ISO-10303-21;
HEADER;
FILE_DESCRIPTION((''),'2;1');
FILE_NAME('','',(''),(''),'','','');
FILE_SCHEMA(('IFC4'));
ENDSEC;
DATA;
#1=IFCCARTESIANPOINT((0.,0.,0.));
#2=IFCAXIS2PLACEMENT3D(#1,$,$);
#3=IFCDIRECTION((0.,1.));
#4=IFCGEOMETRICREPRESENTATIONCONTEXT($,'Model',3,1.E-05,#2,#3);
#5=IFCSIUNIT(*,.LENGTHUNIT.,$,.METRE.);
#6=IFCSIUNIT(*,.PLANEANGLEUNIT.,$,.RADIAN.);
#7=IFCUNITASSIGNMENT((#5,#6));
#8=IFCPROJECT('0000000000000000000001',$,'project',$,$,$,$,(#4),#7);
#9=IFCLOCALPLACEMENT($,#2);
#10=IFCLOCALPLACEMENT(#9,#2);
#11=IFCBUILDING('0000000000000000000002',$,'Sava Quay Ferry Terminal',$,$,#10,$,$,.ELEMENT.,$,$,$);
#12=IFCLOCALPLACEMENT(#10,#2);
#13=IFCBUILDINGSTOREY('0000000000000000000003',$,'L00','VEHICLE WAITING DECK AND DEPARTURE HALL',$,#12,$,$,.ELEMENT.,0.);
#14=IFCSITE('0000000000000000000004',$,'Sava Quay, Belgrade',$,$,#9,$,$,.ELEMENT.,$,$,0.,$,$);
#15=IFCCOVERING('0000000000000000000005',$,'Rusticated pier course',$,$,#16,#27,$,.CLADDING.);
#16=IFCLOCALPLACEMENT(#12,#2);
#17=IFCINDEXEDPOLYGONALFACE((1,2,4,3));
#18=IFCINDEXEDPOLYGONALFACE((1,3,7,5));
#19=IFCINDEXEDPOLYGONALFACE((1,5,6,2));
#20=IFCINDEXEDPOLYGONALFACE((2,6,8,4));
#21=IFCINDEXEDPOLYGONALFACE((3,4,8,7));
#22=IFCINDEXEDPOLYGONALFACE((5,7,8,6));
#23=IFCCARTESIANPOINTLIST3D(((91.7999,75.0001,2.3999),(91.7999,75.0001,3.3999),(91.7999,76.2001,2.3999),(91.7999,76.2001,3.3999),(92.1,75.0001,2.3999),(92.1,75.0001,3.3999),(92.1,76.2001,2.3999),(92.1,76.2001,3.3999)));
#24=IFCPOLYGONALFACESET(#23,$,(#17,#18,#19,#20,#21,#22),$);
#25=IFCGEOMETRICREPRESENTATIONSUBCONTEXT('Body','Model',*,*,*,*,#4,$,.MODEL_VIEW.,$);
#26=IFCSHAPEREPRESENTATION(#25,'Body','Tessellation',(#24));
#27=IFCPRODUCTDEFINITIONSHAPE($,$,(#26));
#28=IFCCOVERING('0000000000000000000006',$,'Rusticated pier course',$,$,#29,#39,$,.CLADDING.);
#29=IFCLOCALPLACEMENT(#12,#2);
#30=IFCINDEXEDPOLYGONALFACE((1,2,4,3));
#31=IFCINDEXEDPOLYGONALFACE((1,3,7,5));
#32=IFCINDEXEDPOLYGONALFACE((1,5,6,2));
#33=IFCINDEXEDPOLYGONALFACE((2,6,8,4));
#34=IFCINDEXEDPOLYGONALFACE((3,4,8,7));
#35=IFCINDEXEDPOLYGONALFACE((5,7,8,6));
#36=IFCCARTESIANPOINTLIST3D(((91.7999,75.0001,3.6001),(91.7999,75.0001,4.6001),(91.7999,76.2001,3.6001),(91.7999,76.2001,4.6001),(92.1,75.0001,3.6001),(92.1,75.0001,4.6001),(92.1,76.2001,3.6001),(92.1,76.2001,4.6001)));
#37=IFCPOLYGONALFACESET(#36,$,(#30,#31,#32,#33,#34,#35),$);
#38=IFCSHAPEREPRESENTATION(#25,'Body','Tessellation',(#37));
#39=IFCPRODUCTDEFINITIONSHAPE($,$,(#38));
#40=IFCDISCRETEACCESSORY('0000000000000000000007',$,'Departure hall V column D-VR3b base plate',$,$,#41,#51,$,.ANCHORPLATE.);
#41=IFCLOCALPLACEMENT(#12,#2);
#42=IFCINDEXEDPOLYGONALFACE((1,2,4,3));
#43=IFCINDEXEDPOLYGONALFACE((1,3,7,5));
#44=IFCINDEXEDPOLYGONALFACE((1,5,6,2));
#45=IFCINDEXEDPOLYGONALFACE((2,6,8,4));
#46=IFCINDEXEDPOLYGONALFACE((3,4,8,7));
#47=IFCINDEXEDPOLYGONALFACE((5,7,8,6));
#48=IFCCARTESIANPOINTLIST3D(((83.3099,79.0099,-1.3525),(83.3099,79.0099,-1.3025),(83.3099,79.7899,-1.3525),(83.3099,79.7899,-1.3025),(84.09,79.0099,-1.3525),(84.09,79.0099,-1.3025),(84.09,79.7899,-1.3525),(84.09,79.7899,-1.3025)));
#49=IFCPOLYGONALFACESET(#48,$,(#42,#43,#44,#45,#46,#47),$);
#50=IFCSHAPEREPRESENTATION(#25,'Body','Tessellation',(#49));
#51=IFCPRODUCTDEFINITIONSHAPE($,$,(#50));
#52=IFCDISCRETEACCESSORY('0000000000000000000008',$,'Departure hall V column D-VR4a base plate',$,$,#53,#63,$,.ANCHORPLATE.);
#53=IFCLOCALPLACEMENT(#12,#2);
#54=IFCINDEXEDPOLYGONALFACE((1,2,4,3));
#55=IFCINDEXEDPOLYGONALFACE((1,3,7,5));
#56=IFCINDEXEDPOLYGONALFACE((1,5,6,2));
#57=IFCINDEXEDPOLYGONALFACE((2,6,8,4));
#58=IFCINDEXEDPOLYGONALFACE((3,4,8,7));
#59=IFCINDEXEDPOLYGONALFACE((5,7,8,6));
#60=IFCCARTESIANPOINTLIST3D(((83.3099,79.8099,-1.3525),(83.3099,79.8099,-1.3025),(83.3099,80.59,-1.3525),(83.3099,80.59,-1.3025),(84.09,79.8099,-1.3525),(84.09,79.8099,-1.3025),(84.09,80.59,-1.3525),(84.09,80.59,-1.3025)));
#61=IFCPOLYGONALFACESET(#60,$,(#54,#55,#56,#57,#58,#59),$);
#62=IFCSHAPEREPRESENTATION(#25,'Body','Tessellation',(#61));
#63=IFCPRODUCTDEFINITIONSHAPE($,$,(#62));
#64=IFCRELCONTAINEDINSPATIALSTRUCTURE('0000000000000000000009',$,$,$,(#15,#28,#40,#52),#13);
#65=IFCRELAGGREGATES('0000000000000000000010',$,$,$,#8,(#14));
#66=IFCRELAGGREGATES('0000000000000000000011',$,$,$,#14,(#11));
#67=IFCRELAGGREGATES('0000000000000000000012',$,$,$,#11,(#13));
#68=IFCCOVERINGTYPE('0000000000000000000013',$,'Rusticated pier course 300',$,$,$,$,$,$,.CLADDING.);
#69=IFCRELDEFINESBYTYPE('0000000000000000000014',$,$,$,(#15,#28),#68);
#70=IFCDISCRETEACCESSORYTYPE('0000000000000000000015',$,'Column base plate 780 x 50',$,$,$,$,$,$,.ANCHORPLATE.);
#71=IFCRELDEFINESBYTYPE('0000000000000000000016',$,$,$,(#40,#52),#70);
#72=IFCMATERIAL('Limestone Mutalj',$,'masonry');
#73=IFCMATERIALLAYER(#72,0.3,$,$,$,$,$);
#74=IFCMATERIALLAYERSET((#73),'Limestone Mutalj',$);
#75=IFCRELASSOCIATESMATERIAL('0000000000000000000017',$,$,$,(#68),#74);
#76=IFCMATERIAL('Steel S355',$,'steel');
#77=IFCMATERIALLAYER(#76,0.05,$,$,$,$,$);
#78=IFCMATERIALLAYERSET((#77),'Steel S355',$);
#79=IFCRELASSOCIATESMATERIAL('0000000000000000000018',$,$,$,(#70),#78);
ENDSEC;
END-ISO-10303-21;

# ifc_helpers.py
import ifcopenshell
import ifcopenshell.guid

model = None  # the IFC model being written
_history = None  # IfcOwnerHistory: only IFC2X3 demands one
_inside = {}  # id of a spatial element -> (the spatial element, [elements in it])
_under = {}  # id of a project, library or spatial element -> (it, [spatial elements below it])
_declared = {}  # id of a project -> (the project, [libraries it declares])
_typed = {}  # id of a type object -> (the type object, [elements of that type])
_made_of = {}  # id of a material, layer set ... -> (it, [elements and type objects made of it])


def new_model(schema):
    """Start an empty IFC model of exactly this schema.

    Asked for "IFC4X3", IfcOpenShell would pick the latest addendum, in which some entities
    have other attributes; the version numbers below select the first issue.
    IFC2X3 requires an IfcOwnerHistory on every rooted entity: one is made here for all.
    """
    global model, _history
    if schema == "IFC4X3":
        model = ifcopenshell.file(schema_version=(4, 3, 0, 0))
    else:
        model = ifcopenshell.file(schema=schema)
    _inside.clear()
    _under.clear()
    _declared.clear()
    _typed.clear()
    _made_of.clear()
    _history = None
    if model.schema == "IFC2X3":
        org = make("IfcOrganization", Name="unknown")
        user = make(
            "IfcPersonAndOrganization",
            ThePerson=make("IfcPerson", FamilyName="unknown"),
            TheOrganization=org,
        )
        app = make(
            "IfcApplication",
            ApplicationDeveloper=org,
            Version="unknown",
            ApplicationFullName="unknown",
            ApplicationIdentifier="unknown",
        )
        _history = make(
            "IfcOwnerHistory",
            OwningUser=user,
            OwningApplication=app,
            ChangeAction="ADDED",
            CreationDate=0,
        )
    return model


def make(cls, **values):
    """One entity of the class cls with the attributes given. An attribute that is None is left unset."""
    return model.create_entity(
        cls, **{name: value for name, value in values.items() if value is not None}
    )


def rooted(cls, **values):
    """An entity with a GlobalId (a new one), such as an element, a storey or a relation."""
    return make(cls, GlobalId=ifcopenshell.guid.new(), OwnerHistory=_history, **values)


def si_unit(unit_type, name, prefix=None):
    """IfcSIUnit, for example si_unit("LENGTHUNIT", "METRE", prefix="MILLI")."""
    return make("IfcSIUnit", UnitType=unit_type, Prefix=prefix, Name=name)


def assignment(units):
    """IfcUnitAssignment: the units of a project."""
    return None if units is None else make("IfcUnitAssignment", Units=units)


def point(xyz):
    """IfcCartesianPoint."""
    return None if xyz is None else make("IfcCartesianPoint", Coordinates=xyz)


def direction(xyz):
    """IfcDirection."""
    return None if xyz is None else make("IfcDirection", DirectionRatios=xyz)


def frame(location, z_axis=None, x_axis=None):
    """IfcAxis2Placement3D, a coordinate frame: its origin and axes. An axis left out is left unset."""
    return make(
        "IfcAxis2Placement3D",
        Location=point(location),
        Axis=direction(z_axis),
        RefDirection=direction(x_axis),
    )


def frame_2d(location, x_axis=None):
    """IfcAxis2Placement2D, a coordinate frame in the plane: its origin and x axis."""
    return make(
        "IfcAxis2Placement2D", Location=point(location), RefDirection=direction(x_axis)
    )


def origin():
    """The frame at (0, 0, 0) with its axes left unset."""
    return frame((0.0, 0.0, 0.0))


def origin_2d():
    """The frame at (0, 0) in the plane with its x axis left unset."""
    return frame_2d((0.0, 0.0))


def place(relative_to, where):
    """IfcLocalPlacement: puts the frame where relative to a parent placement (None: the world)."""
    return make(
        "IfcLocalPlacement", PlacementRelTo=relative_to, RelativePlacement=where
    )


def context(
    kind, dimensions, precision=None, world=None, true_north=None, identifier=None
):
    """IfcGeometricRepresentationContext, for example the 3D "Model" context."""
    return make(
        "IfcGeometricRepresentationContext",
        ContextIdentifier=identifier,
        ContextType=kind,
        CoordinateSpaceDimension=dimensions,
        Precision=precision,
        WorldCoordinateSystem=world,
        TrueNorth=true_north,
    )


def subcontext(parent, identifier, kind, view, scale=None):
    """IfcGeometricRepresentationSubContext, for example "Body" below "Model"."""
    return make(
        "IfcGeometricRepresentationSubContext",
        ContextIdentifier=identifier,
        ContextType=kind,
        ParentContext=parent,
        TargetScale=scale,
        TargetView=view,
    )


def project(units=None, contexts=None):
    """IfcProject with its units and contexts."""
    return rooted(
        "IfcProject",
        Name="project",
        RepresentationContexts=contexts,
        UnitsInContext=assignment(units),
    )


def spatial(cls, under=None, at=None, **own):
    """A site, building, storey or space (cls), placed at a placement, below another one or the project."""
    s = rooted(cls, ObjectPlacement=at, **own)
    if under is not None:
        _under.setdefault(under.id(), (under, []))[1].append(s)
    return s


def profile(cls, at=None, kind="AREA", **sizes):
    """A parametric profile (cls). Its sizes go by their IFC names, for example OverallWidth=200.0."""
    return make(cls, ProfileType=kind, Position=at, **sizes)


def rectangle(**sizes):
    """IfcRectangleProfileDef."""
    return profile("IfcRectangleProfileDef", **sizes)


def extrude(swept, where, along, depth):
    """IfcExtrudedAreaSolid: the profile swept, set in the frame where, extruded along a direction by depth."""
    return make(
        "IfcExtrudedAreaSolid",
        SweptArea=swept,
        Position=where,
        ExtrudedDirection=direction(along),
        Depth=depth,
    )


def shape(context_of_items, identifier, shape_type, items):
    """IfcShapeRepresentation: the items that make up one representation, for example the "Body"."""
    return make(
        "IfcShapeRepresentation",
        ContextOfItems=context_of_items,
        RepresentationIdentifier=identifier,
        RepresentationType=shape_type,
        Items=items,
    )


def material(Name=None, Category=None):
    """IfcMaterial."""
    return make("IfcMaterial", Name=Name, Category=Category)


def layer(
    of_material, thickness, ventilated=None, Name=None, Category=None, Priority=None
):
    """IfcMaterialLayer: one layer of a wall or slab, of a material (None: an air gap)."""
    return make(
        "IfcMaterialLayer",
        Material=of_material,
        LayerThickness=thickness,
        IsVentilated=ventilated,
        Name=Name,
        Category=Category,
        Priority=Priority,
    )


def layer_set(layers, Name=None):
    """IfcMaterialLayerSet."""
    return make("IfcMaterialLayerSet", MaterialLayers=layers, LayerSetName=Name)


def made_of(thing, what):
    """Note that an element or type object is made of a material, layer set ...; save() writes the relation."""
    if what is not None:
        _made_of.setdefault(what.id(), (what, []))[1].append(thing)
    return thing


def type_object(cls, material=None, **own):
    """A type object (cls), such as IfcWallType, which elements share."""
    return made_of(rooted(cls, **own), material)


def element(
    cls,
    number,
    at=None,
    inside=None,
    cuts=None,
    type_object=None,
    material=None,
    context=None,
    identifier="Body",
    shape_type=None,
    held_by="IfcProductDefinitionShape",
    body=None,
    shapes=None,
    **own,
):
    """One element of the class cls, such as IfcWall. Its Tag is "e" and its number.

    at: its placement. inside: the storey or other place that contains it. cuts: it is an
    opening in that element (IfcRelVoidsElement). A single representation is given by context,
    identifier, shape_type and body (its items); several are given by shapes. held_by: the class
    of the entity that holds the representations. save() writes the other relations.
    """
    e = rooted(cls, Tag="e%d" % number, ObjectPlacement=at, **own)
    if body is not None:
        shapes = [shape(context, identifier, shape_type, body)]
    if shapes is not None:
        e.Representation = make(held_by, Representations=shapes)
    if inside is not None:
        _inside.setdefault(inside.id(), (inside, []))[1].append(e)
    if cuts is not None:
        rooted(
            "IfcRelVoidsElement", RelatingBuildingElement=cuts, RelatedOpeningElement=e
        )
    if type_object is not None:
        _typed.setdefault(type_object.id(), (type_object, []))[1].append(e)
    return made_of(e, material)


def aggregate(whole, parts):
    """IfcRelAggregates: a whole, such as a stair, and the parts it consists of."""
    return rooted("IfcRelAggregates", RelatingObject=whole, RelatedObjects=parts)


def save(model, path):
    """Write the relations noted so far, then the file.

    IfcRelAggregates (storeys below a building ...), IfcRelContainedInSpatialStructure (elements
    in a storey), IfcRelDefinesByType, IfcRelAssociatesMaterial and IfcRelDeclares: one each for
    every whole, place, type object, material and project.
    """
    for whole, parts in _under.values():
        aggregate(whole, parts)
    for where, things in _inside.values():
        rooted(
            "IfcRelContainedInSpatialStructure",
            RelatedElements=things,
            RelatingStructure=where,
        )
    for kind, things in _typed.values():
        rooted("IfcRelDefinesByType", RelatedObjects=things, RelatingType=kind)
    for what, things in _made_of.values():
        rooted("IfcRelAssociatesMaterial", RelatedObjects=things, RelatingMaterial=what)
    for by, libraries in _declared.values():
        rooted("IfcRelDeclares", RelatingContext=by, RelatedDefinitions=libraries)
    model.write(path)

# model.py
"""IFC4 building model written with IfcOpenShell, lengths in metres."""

from ifc_helpers import new_model, si_unit, direction, frame, origin, origin_2d, place, context, subcontext, project, spatial, rectangle, extrude, material, layer, layer_set, type_object, element, save


model = new_model("IFC4")

# Units and contexts
model_context = context("Model", 3, precision=1e-05, world=origin(), true_north=direction((0.0, 1.0)))
body_context = subcontext(model_context, "Body", "Model", "MODEL_VIEW")
ifc_project = project(units=[si_unit("LENGTHUNIT", "METRE"), si_unit("PLANEANGLEUNIT", "RADIAN")], contexts=[model_context])

# Site, building, storey
site_placement = place(None, origin())
site = spatial("IfcSite", under=ifc_project, at=site_placement, Name="Sava Quay, Belgrade", CompositionType="ELEMENT", RefElevation=0.0)
building_placement = place(site_placement, origin())
building = spatial("IfcBuilding", under=site, at=building_placement, Name="Sava Quay Ferry Terminal", CompositionType="ELEMENT")
storey_placement = place(building_placement, origin())
storey = spatial("IfcBuildingStorey", under=building, at=storey_placement, Name="L00", Description="VEHICLE WAITING DECK AND DEPARTURE HALL", CompositionType="ELEMENT", Elevation=0.0)

# Coverings
ifc_material_1 = material(Name="Limestone Mutalj", Category="masonry")
ifc_layer_1 = layer(ifc_material_1, 0.3)
ifc_layer_set_1 = layer_set([ifc_layer_1], Name="Limestone Mutalj")
covering_type_1 = type_object("IfcCoveringType", Name="Rusticated pier course 300", PredefinedType="CLADDING", material=ifc_layer_set_1)
for number, where, z_axis, x_axis, name in (
    (1, (91.95, 75.6001, 2.3999), (0.0, 0.0, 1.0), (1.0, 0.0, 0.0), "Rusticated pier course"),
    (2, (91.95, 75.6001, 3.6001), (0.0, 0.0, 1.0), (1.0, 0.0, 0.0), "Rusticated pier course"),
):
    element("IfcCovering", number, at=place(storey_placement, frame(where, z_axis=z_axis, x_axis=x_axis)), inside=storey, type_object=covering_type_1, Name=name, PredefinedType="CLADDING", context=body_context, shape_type="SweptSolid", body=[
        extrude(rectangle(XDim=0.3, YDim=1.2, at=origin_2d()), origin(), (0.0, 0.0, 1.0), 1.0),
    ])

# Discrete accessories
ifc_material_2 = material(Name="Steel S355", Category="steel")
ifc_layer_2 = layer(ifc_material_2, 0.05)
ifc_layer_set_2 = layer_set([ifc_layer_2], Name="Steel S355")
discrete_accessory_type = type_object("IfcDiscreteAccessoryType", Name="Column base plate 780 x 50", PredefinedType="ANCHORPLATE", material=ifc_layer_set_2)
for number, where, z_axis, x_axis, name in (
    (3, (83.7, 79.3999, -1.3525), (0.0, 0.0, 1.0), (1.0, 0.0, 0.0), "Departure hall V column D-VR3b base plate"),
    (4, (83.7, 80.2, -1.3525), (0.0, 0.0, 1.0), (1.0, 0.0, 0.0), "Departure hall V column D-VR4a base plate"),
):
    element("IfcDiscreteAccessory", number, at=place(storey_placement, frame(where, z_axis=z_axis, x_axis=x_axis)), inside=storey, type_object=discrete_accessory_type, Name=name, PredefinedType="ANCHORPLATE", context=body_context, shape_type="SweptSolid", body=[
        extrude(rectangle(XDim=0.78, YDim=0.78, at=origin_2d()), origin(), (0.0, 0.0, 1.0), 0.05),
    ])

save(model, "model.ifc")
